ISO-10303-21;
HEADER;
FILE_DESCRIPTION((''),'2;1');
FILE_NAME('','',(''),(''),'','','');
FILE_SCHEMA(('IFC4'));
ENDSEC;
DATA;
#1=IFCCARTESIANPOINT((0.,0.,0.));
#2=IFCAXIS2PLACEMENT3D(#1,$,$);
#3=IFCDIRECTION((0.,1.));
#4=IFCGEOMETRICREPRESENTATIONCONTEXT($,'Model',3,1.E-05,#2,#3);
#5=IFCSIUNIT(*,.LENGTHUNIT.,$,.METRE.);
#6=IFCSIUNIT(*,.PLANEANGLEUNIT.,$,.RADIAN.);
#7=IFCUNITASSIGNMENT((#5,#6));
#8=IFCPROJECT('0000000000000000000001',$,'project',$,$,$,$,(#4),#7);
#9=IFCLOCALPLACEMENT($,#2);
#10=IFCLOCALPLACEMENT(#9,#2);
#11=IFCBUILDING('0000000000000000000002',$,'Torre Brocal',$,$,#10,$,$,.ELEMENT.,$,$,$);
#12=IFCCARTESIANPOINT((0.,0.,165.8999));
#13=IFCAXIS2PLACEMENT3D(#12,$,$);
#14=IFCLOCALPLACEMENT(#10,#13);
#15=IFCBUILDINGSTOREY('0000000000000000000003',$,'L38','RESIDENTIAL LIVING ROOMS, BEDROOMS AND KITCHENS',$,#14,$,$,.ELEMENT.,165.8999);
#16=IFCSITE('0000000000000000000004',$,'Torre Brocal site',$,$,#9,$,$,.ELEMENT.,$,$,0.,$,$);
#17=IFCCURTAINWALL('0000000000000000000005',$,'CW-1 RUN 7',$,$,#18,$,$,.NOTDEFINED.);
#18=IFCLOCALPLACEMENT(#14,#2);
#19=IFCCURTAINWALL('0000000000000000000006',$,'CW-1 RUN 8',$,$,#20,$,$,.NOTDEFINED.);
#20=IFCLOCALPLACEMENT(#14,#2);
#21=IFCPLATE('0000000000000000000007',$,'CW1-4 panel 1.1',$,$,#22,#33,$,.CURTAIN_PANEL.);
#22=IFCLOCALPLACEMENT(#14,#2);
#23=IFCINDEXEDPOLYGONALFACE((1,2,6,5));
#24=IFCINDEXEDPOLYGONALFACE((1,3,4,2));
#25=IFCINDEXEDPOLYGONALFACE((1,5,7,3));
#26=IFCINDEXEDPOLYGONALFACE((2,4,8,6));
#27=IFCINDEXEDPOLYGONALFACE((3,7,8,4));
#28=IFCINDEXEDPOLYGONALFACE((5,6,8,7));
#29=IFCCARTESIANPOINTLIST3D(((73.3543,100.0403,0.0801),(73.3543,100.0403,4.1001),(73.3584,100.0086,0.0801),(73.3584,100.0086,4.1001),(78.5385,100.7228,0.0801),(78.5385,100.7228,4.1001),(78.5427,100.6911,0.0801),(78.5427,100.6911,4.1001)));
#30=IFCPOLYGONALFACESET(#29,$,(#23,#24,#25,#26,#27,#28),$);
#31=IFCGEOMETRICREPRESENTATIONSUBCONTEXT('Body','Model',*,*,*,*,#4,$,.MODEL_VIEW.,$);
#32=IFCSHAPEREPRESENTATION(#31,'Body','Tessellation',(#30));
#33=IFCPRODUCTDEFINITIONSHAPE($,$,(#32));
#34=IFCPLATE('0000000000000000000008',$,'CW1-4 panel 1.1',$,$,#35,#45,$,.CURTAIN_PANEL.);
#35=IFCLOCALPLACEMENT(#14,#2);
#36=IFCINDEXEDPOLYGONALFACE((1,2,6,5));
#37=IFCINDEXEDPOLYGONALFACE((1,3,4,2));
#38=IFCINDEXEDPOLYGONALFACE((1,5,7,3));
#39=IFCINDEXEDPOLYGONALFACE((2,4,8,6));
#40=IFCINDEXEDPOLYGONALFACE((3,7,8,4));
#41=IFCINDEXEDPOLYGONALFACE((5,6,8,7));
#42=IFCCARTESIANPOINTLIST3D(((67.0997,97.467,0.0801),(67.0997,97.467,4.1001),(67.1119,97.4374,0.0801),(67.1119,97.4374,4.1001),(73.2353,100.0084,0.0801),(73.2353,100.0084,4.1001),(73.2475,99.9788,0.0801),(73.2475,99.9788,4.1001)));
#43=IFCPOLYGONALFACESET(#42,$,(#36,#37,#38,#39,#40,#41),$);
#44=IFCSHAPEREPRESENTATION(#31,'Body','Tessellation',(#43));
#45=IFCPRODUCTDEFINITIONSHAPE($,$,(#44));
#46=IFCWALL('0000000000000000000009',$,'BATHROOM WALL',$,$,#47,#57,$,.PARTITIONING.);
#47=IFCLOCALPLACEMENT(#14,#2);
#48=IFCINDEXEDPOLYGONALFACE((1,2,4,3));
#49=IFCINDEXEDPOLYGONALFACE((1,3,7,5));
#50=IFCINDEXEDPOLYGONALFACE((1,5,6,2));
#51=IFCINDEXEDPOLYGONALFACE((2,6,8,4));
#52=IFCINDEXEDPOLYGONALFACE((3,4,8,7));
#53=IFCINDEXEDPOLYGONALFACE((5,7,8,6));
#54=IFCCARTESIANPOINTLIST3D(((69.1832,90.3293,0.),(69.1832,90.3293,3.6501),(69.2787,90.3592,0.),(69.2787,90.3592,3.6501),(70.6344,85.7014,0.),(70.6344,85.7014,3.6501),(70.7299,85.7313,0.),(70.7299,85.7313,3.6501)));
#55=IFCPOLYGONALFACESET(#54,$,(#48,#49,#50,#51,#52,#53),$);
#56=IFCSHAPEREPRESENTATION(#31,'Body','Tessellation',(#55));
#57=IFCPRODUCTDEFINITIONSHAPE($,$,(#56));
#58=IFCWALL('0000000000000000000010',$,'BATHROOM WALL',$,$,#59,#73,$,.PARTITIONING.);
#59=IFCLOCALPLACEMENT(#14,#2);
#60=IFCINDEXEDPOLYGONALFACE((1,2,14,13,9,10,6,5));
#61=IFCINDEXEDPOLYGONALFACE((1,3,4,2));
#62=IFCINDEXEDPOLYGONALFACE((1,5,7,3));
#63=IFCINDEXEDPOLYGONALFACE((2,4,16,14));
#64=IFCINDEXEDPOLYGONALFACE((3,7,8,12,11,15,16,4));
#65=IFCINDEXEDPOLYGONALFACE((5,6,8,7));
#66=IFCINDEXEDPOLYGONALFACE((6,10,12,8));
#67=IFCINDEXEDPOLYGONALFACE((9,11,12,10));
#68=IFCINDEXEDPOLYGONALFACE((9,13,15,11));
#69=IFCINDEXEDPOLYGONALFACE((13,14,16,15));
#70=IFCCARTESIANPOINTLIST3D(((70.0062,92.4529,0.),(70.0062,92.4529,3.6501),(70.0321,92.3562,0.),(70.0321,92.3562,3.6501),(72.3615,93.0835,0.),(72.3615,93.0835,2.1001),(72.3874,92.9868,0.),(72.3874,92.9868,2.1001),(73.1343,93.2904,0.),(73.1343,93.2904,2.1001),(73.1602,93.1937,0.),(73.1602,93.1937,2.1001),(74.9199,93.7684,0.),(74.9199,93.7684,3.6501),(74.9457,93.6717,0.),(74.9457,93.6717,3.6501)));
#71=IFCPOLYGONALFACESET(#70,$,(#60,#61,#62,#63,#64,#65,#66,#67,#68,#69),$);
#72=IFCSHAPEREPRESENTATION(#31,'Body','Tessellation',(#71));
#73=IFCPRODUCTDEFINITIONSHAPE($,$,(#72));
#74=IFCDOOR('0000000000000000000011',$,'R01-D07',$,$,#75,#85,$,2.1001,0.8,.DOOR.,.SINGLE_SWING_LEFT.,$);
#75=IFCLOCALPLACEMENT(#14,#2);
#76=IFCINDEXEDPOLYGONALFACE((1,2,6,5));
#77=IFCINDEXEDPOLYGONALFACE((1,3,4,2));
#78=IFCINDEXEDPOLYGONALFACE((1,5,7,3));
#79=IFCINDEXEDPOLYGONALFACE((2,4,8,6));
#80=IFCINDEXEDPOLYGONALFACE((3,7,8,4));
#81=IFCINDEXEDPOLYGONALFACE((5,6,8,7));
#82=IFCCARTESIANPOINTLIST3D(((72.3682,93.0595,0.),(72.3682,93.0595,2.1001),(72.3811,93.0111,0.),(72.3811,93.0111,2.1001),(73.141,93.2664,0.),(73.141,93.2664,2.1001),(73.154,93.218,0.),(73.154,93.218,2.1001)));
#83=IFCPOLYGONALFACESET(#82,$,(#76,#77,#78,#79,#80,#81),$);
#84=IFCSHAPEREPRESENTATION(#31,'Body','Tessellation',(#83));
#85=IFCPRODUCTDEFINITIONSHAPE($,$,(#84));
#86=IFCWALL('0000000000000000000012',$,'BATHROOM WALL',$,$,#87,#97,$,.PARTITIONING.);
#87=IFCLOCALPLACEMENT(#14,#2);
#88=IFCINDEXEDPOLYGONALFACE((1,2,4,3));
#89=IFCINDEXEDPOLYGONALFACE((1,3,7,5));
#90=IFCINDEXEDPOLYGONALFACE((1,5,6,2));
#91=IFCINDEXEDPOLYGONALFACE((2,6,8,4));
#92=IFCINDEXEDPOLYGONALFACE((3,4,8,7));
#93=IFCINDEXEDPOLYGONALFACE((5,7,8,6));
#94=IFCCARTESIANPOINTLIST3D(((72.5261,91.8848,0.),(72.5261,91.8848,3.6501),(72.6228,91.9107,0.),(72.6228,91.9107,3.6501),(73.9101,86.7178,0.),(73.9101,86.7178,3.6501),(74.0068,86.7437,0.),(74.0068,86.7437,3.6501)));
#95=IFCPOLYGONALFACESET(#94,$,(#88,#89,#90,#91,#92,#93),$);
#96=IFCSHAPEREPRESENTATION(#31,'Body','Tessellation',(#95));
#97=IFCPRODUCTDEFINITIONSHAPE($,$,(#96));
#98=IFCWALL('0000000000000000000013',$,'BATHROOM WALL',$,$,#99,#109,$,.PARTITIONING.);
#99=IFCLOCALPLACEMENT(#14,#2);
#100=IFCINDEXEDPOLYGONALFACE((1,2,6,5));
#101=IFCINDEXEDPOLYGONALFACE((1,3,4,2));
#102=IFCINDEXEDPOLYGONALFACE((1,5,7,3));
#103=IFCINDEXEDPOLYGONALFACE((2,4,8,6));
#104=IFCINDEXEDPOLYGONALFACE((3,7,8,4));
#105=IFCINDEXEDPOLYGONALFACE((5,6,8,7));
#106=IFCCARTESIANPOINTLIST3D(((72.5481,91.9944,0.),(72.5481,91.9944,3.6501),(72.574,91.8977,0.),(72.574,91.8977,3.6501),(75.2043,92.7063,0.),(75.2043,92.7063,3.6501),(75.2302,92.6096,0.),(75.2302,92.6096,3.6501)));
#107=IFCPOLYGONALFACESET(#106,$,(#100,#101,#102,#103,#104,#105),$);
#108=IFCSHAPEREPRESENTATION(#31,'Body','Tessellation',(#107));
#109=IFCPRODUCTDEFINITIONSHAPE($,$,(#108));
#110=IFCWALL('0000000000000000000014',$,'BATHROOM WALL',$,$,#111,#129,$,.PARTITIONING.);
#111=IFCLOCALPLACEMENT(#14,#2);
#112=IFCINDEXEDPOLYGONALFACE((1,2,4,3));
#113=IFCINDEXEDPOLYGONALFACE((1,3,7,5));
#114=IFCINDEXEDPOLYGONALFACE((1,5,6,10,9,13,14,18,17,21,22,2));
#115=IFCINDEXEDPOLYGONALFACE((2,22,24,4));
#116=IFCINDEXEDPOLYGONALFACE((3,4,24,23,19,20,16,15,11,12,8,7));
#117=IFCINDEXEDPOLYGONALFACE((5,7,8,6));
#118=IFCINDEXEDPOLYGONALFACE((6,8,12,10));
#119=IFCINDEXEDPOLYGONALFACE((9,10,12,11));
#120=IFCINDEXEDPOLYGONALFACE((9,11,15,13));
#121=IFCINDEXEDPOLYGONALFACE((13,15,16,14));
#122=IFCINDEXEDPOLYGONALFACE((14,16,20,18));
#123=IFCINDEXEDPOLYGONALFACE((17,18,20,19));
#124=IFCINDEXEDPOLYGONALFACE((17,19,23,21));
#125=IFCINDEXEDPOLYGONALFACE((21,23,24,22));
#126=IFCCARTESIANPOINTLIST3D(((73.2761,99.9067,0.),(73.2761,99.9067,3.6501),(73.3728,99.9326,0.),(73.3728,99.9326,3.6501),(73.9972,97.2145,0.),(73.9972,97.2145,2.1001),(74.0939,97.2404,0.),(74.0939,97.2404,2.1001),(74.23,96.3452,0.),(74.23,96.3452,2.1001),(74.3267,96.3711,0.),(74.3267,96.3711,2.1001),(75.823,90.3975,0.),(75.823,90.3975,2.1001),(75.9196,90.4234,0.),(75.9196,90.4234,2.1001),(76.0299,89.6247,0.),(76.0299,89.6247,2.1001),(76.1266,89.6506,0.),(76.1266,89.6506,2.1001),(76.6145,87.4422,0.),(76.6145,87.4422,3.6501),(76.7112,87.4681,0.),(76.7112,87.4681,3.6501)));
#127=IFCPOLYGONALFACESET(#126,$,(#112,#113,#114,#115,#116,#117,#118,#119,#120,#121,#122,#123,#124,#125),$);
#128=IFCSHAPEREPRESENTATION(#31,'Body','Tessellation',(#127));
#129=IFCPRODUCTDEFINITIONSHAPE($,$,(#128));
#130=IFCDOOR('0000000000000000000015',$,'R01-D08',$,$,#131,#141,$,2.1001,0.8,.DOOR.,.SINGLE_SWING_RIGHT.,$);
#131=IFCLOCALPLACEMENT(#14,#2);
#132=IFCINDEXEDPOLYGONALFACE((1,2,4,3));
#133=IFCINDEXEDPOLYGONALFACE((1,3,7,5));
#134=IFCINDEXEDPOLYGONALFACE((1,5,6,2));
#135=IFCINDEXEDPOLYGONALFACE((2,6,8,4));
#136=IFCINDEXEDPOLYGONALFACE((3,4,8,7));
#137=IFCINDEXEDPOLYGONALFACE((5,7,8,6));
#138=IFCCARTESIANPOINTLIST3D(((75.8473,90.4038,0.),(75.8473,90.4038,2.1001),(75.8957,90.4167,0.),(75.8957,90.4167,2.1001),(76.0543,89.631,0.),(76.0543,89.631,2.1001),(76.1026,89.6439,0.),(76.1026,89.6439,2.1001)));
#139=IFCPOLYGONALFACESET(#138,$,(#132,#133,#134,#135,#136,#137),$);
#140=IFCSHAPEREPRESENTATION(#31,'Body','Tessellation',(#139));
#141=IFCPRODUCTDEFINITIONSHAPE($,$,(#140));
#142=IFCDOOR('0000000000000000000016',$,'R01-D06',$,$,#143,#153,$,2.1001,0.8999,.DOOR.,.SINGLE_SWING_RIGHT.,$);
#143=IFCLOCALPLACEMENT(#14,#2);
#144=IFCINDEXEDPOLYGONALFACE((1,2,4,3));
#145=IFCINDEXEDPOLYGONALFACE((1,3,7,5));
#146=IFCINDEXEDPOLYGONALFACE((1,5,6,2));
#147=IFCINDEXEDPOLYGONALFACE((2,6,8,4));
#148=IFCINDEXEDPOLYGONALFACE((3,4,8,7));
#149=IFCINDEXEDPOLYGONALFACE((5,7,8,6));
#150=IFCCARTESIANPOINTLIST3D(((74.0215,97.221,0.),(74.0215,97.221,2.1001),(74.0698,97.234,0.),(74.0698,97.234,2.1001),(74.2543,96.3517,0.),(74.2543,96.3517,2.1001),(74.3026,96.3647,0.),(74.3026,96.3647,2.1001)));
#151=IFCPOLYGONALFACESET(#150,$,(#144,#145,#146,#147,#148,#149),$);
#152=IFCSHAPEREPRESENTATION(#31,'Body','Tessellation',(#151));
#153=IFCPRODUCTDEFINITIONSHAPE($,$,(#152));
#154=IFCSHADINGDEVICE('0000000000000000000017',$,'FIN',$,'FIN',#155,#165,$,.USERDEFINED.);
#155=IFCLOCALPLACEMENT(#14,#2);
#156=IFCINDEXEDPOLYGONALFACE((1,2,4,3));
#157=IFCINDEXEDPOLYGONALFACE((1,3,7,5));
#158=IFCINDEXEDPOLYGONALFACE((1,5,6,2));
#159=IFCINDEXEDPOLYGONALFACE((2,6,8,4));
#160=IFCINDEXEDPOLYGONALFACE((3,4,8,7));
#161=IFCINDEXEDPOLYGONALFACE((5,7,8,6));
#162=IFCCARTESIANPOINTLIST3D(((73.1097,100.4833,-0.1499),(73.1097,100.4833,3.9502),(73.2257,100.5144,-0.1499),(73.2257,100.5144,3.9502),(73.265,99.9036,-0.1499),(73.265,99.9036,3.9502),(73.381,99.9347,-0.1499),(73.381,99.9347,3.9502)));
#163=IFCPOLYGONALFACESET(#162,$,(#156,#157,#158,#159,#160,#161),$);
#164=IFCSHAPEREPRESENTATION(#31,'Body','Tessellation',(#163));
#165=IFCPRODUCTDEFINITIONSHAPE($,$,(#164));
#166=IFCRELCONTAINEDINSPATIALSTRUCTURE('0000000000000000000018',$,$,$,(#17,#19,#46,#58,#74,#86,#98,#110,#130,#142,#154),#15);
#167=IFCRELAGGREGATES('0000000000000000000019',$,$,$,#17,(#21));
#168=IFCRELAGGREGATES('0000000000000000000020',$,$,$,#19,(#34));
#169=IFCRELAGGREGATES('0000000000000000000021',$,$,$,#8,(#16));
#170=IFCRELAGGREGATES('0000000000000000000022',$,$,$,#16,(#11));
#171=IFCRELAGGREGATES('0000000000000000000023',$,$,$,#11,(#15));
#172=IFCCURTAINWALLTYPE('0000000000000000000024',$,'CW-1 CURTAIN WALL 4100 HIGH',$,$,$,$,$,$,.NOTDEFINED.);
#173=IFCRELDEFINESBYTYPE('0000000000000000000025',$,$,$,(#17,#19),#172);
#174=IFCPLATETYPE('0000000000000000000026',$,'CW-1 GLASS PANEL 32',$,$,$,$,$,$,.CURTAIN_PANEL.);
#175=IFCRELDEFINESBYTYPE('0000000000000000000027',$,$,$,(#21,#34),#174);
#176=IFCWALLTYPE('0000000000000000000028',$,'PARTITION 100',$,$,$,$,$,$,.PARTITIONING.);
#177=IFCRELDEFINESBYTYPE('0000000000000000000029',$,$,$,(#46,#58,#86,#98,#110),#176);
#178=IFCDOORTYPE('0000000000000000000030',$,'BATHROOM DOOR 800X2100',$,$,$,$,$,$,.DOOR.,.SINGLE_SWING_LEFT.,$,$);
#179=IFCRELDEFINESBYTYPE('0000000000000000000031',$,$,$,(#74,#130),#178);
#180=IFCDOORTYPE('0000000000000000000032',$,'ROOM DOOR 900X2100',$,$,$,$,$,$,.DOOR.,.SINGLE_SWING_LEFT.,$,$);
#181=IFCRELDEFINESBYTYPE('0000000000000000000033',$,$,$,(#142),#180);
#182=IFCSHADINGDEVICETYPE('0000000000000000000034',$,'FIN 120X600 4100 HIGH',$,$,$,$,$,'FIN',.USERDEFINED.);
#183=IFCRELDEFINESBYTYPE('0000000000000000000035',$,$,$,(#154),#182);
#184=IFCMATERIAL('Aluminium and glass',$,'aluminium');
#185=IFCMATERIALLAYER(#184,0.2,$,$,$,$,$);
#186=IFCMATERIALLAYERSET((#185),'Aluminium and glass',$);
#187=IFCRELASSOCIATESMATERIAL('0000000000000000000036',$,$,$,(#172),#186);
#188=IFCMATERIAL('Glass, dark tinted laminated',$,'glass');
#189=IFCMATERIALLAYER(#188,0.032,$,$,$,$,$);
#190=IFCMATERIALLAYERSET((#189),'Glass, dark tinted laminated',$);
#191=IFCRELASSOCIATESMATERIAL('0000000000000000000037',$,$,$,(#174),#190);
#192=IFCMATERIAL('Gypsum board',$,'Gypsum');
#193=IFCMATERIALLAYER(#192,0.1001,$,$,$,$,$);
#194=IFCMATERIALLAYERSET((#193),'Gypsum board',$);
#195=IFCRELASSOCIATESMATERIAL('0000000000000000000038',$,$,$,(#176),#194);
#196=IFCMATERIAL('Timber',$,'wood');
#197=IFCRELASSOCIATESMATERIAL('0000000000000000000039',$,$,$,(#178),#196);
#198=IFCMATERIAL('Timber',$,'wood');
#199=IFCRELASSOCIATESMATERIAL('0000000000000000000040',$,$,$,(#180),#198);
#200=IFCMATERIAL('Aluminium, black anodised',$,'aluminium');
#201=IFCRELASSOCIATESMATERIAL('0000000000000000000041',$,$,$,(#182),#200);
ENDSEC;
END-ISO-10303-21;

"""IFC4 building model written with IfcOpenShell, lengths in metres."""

from ifc_helpers import new_model, si_unit, direction, frame, frame_2d, origin, origin_2d, place, context, subcontext, project, spatial, rectangle, extrude, material, layer, layer_set, material_profile, profile_set, type_object, element, fill, aggregate, save


model = new_model("IFC4")

# Units and contexts
model_context = context("Model", 3, precision=1e-05, world=origin(), true_north=direction((0.0, 1.0)))
body_context = subcontext(model_context, "Body", "Model", "MODEL_VIEW")
ifc_project = project(units=[si_unit("LENGTHUNIT", "METRE"), si_unit("PLANEANGLEUNIT", "RADIAN")], contexts=[model_context])

# Site, building, storey
site_placement = place(None, origin())
site = spatial("IfcSite", under=ifc_project, at=site_placement, Name="Torre Brocal site", CompositionType="ELEMENT", RefElevation=0.0)
building_placement = place(site_placement, origin())
building = spatial("IfcBuilding", under=site, at=building_placement, Name="Torre Brocal", CompositionType="ELEMENT")
storey_placement = place(building_placement, frame((0.0, 0.0, 165.8999)))
storey = spatial("IfcBuildingStorey", under=building, at=storey_placement, Name="L38", Description="RESIDENTIAL LIVING ROOMS, BEDROOMS AND KITCHENS", CompositionType="ELEMENT", Elevation=165.8999)

# Curtain wall
ifc_material_1 = material(Name="Aluminium and glass", Category="aluminium")
ifc_layer_1 = layer(ifc_material_1, 0.2)
ifc_layer_set_1 = layer_set([ifc_layer_1], Name="Aluminium and glass")
curtain_wall_type = type_object("IfcCurtainWallType", Name="CW-1 CURTAIN WALL 4100 HIGH", PredefinedType="NOTDEFINED", material=ifc_layer_set_1)
curtain_wall_1_placement = place(storey_placement, origin())
curtain_wall_1 = element("IfcCurtainWall", 1, at=curtain_wall_1_placement, inside=storey, type_object=curtain_wall_type, Name="CW-1 RUN 7", PredefinedType="NOTDEFINED")

# Curtain wall
curtain_wall_2_placement = place(storey_placement, origin())
curtain_wall_2 = element("IfcCurtainWall", 2, at=curtain_wall_2_placement, inside=storey, type_object=curtain_wall_type, Name="CW-1 RUN 8", PredefinedType="NOTDEFINED")

# Plates
ifc_material_2 = material(Name="Glass, dark tinted laminated", Category="glass")
ifc_layer_2 = layer(ifc_material_2, 0.032)
ifc_layer_set_2 = layer_set([ifc_layer_2], Name="Glass, dark tinted laminated")
plate_type = type_object("IfcPlateType", Name="CW-1 GLASS PANEL 32", PredefinedType="CURTAIN_PANEL", material=ifc_layer_set_2)
plate_1_placement = place(storey_placement, frame((75.9485, 100.3657, 0.0801), z_axis=(0.0, 0.0, 1.0), x_axis=(-0.991445, -0.130526, 0.0)))
plate_1 = element("IfcPlate", 3, at=plate_1_placement, type_object=plate_type, Name="CW1-4 panel 1.1", PredefinedType="CURTAIN_PANEL", context=body_context, shape_type="SweptSolid", body=[
    extrude(rectangle(XDim=5.229, YDim=0.032, at=origin_2d()), origin(), (0.0, 0.0, 1.0), 4.02),
])
aggregate(curtain_wall_1, [plate_1])
plate_2_placement = place(storey_placement, frame((70.1736, 98.7229, 0.0801), z_axis=(0.0, 0.0, 1.0), x_axis=(-0.92388, -0.382683, 0.0)))
plate_2 = element("IfcPlate", 4, at=plate_2_placement, type_object=plate_type, Name="CW1-4 panel 1.1", PredefinedType="CURTAIN_PANEL", context=body_context, shape_type="SweptSolid", body=[
    extrude(rectangle(XDim=6.6411, YDim=0.032, at=origin_2d()), origin(), (0.0, 0.0, 1.0), 4.02),
])
aggregate(curtain_wall_2, [plate_2])

# Wall
ifc_material_3 = material(Name="Gypsum board", Category="Gypsum")
ifc_layer_3 = layer(ifc_material_3, 0.1001)
ifc_layer_set_3 = layer_set([ifc_layer_3], Name="Gypsum board")
wall_type = type_object("IfcWallType", Name="PARTITION 100", PredefinedType="PARTITIONING", material=ifc_layer_set_3)
wall_1_placement = place(storey_placement, frame((69.231, 90.3442, 0.0), z_axis=(0.0, 0.0, 1.0), x_axis=(0.299203, -0.954189, 0.0)))
element("IfcWall", 5, at=wall_1_placement, inside=storey, type_object=wall_type, Name="BATHROOM WALL", PredefinedType="PARTITIONING", context=body_context, shape_type="SweptSolid", body=[
    extrude(rectangle(XDim=4.8501, YDim=0.1001, at=frame_2d((2.425, 0.0))), origin(), (0.0, 0.0, 1.0), 3.6501),
])

# Wall, opening, door
wall_2_placement = place(storey_placement, frame((70.019, 92.4045, 0.0), z_axis=(0.0, 0.0, 1.0), x_axis=(0.965983, 0.258607, 0.0)))
wall_2 = element("IfcWall", 6, at=wall_2_placement, inside=storey, type_object=wall_type, Name="BATHROOM WALL", PredefinedType="PARTITIONING", context=body_context, shape_type="SweptSolid", body=[
    extrude(rectangle(XDim=5.0867, YDim=0.1001, at=frame_2d((2.5435, 0.0))), origin(), (0.0, 0.0, 1.0), 3.6501),
])
opening_1_placement = place(wall_2_placement, frame((2.4385, 0.0, 0.0)))
opening_1 = element("IfcOpeningElement", 7, at=opening_1_placement, cuts=wall_2, PredefinedType="OPENING", context=body_context, shape_type="SweptSolid", body=[
    extrude(rectangle(XDim=0.8, YDim=2.1001, at=frame_2d((0.3999, 1.05))), frame((0.0, 0.0601, 0.0), z_axis=(0.0, -1.0, 0.0), x_axis=(1.0, 0.0, 0.0)), (0.0, 0.0, 1.0), 0.1201),
])
ifc_material_4 = material(Name="Timber", Category="wood")
door_type_1 = type_object("IfcDoorType", Name="BATHROOM DOOR 800X2100", OperationType="SINGLE_SWING_LEFT", PredefinedType="DOOR", material=ifc_material_4)
door_1_placement = place(opening_1_placement, frame((0.8, 0.0, 0.0), z_axis=(0.0, 0.0, 1.0), x_axis=(-1.0, 0.0, 0.0)))
door_1 = element("IfcDoor", 8, at=door_1_placement, inside=storey, type_object=door_type_1, Name="R01-D07", OperationType="SINGLE_SWING_LEFT", OverallHeight=2.1001, OverallWidth=0.8, PredefinedType="DOOR", context=body_context, shape_type="SweptSolid", body=[
    extrude(rectangle(XDim=0.8, YDim=2.1001, at=frame_2d((0.3999, 1.05))), frame((0.0, 0.0249, 0.0), z_axis=(0.0, -1.0, 0.0), x_axis=(1.0, 0.0, 0.0)), (0.0, 0.0, 1.0), 0.05),
])
fill(opening_1, door_1)

# Walls
wall_3_placement = place(storey_placement, frame((72.5745, 91.8977, 0.0), z_axis=(0.0, 0.0, 1.0), x_axis=(0.258739, -0.965947, 0.0)))
element("IfcWall", 9, at=wall_3_placement, inside=storey, type_object=wall_type, Name="BATHROOM WALL", PredefinedType="PARTITIONING", context=body_context, shape_type="SweptSolid", body=[
    extrude(rectangle(XDim=5.3491, YDim=0.1001, at=frame_2d((2.6746, 0.0))), origin(), (0.0, 0.0, 1.0), 3.6501),
])
wall_4_placement = place(storey_placement, frame((72.561, 91.946, 0.0), z_axis=(0.0, 0.0, 1.0), x_axis=(0.96591, 0.258878, 0.0)))
element("IfcWall", 10, at=wall_4_placement, inside=storey, type_object=wall_type, Name="BATHROOM WALL", PredefinedType="PARTITIONING", context=body_context, shape_type="SweptSolid", body=[
    extrude(rectangle(XDim=2.75, YDim=0.1001, at=frame_2d((1.375, 0.0))), origin(), (0.0, 0.0, 1.0), 3.6501),
])

# Wall, openings, doors
wall_5_placement = place(storey_placement, frame((73.3245, 99.9197, 0.0), z_axis=(0.0, 0.0, 1.0), x_axis=(0.258711, -0.965955, 0.0)))
wall_5 = element("IfcWall", 11, at=wall_5_placement, inside=storey, type_object=wall_type, Name="BATHROOM WALL", PredefinedType="PARTITIONING", context=body_context, shape_type="SweptSolid", body=[
    extrude(rectangle(XDim=12.9038, YDim=0.1001, at=frame_2d((6.4519, 0.0))), origin(), (0.0, 0.0, 1.0), 3.6501),
])
opening_2_placement = place(wall_5_placement, frame((2.7871, 0.0, 0.0)))
opening_2 = element("IfcOpeningElement", 12, at=opening_2_placement, cuts=wall_5, PredefinedType="OPENING", context=body_context, shape_type="SweptSolid", body=[
    extrude(rectangle(XDim=0.8999, YDim=2.1001, at=frame_2d((0.45, 1.05))), frame((0.0, 0.0601, 0.0), z_axis=(0.0, -1.0, 0.0), x_axis=(1.0, 0.0, 0.0)), (0.0, 0.0, 1.0), 0.1201),
])
opening_3_placement = place(wall_5_placement, frame((9.8445, 0.0, 0.0)))
opening_3 = element("IfcOpeningElement", 13, at=opening_3_placement, cuts=wall_5, PredefinedType="OPENING", context=body_context, shape_type="SweptSolid", body=[
    extrude(rectangle(XDim=0.8, YDim=2.1001, at=frame_2d((0.3999, 1.05))), frame((0.0, 0.0601, 0.0), z_axis=(0.0, -1.0, 0.0), x_axis=(1.0, 0.0, 0.0)), (0.0, 0.0, 1.0), 0.1201),
])
door_2_placement = place(opening_3_placement, frame((0.8, 0.0, 0.0), z_axis=(0.0, 0.0, 1.0), x_axis=(-1.0, 0.0, 0.0)))
door_2 = element("IfcDoor", 14, at=door_2_placement, inside=storey, type_object=door_type_1, Name="R01-D08", OperationType="SINGLE_SWING_RIGHT", OverallHeight=2.1001, OverallWidth=0.8, PredefinedType="DOOR", context=body_context, shape_type="SweptSolid", body=[
    extrude(rectangle(XDim=0.8, YDim=2.1001, at=frame_2d((0.3999, 1.05))), frame((0.0, 0.0249, 0.0), z_axis=(0.0, -1.0, 0.0), x_axis=(1.0, 0.0, 0.0)), (0.0, 0.0, 1.0), 0.05),
])
fill(opening_3, door_2)
ifc_material_5 = material(Name="Timber", Category="wood")
door_type_2 = type_object("IfcDoorType", Name="ROOM DOOR 900X2100", OperationType="SINGLE_SWING_LEFT", PredefinedType="DOOR", material=ifc_material_5)
door_3_placement = place(opening_2_placement, frame((0.8999, 0.0, 0.0), z_axis=(0.0, 0.0, 1.0), x_axis=(-1.0, 0.0, 0.0)))
door_3 = element("IfcDoor", 15, at=door_3_placement, inside=storey, type_object=door_type_2, Name="R01-D06", OperationType="SINGLE_SWING_RIGHT", OverallHeight=2.1001, OverallWidth=0.8999, PredefinedType="DOOR", context=body_context, shape_type="SweptSolid", body=[
    extrude(rectangle(XDim=0.8999, YDim=2.1001, at=frame_2d((0.45, 1.05))), frame((0.0, 0.0249, 0.0), z_axis=(0.0, -1.0, 0.0), x_axis=(1.0, 0.0, 0.0)), (0.0, 0.0, 1.0), 0.05),
])
fill(opening_2, door_3)

# Shading device
ifc_material_6 = material(Name="Aluminium, black anodised", Category="aluminium")
ifc_material_profile_1 = material_profile(ifc_material_6, rectangle(XDim=0.1201, YDim=0.6001, at=origin_2d()), Name="FIN 120X600 4100 HIGH")
ifc_profile_set_1 = profile_set([ifc_material_profile_1], Name="Aluminium, black anodised")
shading_device_type = type_object("IfcShadingDeviceType", Name="FIN 120X600 4100 HIGH", ElementType="FIN", PredefinedType="USERDEFINED", material=ifc_profile_set_1)
shading_device_placement = place(storey_placement, frame((73.2454, 100.209, -0.1499), z_axis=(0.0, 0.0, 1.0), x_axis=(-0.965926, -0.258819, 0.0)))
element("IfcShadingDevice", 16, at=shading_device_placement, inside=storey, type_object=shading_device_type, Name="FIN", ObjectType="FIN", PredefinedType="USERDEFINED", context=body_context, shape_type="SweptSolid", body=[
    extrude(rectangle(XDim=0.1201, YDim=0.6001, at=origin_2d()), origin(), (0.0, 0.0, 1.0), 4.1001),
])

save(model, "model.ifc")
